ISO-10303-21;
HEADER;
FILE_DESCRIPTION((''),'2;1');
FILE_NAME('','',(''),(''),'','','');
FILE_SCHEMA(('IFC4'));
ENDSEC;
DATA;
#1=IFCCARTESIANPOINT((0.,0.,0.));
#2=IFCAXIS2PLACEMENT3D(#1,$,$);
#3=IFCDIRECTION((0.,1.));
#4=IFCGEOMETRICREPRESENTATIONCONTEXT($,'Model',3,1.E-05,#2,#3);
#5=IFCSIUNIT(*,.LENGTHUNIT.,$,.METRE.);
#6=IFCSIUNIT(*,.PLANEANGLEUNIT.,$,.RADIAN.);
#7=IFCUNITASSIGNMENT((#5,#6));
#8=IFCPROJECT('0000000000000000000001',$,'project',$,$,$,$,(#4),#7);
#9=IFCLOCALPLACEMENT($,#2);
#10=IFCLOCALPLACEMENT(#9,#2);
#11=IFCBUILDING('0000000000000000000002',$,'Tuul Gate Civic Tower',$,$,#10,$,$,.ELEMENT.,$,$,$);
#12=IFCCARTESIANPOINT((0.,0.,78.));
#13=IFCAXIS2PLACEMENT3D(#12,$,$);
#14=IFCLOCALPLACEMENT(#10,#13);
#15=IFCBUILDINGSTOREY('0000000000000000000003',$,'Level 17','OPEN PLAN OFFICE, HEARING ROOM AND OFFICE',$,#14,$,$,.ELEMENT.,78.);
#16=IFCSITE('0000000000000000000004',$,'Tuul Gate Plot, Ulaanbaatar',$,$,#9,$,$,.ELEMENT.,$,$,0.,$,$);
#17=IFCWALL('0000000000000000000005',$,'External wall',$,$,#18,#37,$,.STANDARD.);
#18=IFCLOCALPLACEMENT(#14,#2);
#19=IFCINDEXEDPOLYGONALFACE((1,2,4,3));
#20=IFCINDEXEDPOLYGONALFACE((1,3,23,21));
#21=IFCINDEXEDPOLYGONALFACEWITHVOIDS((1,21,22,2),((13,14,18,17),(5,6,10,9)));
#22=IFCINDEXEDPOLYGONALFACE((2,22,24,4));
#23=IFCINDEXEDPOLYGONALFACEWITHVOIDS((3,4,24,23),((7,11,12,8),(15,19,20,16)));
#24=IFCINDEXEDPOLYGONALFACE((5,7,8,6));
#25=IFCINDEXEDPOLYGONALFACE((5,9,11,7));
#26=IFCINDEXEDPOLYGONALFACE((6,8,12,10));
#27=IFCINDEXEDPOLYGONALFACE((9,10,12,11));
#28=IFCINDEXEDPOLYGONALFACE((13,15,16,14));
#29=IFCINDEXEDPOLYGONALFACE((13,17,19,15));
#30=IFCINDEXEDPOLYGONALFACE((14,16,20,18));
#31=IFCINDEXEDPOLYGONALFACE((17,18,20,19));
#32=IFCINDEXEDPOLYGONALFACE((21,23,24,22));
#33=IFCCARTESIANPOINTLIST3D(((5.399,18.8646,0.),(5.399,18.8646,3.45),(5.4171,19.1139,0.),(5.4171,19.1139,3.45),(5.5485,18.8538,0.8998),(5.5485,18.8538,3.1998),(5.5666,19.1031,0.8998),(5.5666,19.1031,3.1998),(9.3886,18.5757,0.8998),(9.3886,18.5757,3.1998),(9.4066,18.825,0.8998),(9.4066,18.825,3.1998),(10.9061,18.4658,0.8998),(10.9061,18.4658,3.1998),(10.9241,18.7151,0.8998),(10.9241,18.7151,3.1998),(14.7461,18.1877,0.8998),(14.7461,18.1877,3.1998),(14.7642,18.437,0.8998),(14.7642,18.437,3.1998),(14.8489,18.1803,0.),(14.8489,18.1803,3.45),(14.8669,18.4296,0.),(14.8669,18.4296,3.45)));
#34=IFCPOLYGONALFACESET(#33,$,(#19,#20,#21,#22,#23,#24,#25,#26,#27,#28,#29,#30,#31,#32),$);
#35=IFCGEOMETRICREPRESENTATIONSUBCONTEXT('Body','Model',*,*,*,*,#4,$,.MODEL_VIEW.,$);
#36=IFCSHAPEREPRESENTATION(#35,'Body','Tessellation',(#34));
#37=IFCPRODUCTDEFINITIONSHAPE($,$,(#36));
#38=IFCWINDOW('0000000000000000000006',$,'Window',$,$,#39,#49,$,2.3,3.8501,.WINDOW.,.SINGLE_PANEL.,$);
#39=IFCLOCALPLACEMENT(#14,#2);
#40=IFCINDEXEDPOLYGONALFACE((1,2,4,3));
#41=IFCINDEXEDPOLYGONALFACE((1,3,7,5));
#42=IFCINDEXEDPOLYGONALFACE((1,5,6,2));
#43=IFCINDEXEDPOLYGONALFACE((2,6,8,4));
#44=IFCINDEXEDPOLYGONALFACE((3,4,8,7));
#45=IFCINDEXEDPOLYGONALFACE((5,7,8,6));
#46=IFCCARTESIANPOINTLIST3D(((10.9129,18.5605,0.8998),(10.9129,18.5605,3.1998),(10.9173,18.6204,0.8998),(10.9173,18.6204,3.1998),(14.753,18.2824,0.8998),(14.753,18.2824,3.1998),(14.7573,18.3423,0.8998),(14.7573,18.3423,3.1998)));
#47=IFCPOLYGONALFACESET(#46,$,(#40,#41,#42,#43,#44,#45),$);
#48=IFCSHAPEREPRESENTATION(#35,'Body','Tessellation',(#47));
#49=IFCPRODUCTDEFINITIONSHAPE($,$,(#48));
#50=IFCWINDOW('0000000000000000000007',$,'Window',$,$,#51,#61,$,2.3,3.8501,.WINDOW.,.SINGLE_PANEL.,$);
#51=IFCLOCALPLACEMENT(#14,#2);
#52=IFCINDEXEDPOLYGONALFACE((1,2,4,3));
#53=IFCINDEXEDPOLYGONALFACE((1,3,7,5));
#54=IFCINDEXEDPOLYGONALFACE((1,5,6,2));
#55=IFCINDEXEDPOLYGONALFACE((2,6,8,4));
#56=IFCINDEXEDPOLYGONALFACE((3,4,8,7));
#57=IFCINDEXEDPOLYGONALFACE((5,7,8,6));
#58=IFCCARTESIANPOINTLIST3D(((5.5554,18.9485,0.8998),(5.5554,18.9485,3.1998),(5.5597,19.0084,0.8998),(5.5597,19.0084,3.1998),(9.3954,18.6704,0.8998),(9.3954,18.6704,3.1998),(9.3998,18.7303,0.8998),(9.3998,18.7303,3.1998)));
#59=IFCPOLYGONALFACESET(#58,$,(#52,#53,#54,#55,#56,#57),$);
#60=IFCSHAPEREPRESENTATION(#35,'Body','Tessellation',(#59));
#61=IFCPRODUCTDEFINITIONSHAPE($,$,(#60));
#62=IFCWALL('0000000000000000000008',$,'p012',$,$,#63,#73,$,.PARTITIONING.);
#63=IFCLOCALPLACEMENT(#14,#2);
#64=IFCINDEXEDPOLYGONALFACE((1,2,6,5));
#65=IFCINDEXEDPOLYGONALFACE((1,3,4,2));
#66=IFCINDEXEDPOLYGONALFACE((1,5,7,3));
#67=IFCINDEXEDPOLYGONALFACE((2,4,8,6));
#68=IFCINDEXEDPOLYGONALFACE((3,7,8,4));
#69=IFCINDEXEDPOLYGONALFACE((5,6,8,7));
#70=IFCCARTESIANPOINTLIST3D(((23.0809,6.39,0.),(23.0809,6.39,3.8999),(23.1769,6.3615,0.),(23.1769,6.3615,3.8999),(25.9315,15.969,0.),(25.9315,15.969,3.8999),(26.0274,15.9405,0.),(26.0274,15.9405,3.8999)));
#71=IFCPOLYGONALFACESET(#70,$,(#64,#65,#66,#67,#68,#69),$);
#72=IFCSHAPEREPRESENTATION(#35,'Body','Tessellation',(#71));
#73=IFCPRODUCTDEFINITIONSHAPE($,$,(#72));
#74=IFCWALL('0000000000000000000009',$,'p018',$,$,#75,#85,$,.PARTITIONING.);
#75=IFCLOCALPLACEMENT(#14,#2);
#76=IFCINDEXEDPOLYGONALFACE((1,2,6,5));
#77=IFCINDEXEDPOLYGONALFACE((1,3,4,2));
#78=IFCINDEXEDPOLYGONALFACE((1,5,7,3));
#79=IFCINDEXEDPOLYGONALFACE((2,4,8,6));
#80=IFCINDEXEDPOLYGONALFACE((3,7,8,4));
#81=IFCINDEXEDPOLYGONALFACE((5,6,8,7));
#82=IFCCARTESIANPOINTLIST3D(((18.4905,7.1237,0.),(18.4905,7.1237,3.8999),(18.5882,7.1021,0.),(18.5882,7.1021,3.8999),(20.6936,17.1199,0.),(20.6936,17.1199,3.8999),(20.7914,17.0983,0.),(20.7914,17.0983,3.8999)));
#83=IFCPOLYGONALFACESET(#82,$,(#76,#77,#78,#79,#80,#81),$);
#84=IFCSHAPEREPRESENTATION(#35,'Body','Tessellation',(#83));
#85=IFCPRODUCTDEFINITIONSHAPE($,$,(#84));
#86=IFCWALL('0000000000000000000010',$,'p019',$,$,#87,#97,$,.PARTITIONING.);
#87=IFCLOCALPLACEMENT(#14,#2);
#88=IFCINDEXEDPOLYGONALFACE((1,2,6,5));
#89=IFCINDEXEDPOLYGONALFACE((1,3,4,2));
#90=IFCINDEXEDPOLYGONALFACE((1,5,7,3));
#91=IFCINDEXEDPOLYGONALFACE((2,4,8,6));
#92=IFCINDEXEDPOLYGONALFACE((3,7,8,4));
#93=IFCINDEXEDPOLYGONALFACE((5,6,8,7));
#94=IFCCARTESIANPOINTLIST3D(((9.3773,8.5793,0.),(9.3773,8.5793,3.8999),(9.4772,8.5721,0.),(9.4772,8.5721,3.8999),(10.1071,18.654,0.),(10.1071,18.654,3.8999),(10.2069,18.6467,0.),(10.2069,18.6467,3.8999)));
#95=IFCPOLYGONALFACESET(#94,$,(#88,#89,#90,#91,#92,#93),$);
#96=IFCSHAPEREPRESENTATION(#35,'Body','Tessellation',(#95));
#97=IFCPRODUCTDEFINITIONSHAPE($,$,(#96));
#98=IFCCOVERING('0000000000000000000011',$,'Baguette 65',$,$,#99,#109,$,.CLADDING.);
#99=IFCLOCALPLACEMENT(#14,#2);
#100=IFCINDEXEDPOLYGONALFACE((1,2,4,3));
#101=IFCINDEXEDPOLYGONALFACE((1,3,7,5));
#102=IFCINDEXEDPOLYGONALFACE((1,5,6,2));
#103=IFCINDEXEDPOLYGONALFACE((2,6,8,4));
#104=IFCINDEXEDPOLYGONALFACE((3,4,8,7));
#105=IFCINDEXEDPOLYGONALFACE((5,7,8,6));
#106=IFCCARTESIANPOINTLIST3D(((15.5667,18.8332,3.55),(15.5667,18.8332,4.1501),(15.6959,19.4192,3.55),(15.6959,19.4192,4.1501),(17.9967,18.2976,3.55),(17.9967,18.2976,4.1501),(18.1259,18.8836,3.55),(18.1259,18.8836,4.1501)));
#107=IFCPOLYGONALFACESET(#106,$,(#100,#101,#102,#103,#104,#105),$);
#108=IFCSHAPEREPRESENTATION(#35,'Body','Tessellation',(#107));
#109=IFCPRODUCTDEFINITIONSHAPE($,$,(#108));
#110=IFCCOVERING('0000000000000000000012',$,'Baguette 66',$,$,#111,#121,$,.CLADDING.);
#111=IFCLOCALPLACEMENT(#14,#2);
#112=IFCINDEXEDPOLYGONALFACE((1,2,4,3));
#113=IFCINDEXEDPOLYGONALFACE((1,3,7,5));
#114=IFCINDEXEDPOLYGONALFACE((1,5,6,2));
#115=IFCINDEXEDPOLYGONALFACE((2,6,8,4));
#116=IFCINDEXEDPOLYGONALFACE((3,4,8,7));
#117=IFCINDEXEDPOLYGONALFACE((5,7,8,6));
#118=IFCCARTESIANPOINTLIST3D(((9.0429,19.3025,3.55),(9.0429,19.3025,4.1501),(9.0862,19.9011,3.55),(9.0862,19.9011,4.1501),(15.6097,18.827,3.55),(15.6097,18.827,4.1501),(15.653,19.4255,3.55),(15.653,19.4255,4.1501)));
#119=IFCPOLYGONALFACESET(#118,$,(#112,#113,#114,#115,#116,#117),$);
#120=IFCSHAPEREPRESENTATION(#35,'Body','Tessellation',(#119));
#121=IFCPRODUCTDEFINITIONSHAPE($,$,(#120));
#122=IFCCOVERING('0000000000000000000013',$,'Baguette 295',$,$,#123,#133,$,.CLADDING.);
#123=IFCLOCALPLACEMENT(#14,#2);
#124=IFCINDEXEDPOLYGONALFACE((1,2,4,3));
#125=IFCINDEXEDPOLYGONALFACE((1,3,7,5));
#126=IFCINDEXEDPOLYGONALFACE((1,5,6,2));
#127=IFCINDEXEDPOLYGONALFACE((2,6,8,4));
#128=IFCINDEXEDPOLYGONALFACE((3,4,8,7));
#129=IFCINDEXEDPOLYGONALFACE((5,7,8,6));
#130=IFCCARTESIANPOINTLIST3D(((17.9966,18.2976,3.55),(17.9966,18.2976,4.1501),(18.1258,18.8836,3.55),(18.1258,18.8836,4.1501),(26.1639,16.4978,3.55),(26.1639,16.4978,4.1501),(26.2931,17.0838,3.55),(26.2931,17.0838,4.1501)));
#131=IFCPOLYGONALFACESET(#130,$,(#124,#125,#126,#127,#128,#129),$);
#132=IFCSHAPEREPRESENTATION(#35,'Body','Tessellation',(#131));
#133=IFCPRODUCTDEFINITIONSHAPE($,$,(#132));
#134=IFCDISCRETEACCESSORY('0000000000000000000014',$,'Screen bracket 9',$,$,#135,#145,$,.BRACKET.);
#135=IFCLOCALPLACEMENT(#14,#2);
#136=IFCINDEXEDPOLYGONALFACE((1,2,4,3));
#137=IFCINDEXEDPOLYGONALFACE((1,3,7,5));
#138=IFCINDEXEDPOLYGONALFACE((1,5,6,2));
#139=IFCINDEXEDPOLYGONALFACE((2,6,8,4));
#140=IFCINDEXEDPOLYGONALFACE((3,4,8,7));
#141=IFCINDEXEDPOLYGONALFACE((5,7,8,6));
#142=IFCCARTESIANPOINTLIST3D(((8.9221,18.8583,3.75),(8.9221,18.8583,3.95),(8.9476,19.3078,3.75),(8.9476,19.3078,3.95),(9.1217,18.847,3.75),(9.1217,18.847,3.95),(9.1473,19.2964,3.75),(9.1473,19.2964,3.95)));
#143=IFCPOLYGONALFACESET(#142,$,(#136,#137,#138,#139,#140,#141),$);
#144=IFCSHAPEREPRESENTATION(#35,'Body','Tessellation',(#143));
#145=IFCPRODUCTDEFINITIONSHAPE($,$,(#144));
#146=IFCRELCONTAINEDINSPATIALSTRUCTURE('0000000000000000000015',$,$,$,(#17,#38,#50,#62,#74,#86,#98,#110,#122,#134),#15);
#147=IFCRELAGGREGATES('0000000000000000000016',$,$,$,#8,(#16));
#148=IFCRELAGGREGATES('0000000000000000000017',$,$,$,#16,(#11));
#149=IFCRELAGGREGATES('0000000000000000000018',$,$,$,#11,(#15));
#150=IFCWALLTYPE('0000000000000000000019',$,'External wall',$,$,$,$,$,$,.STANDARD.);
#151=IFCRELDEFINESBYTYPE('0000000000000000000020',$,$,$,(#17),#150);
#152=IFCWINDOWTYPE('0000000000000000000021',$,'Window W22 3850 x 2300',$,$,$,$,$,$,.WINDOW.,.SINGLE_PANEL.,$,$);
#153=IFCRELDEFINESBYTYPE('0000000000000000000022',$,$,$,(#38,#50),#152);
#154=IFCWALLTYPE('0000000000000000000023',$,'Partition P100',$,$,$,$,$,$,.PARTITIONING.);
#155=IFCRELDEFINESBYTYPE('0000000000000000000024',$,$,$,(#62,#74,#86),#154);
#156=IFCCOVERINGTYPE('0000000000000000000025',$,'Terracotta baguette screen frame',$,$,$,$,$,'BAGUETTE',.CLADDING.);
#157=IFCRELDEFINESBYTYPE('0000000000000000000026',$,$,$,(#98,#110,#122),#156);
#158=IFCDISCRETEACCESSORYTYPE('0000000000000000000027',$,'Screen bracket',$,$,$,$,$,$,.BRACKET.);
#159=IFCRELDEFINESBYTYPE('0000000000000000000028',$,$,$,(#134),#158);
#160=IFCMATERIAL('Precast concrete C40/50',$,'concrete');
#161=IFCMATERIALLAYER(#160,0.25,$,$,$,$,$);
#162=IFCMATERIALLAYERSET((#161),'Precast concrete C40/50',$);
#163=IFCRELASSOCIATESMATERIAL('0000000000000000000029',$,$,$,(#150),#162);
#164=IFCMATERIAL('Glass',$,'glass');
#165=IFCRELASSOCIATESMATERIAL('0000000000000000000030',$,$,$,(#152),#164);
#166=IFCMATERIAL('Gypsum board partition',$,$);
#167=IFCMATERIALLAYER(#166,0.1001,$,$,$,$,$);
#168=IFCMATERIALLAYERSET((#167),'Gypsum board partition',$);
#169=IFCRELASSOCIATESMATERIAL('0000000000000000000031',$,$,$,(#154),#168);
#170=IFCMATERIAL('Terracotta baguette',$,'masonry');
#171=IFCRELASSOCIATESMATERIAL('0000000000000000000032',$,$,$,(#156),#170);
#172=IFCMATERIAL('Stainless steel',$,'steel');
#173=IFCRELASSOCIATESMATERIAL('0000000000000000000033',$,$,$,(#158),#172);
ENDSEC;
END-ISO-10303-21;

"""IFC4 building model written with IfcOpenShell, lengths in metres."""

from ifc_helpers import new_model, si_unit, direction, frame, frame_2d, origin, origin_2d, place, context, subcontext, project, spatial, rectangle, extrude, material, layer, layer_set, material_profile, profile_set, type_object, element, fill, save


model = new_model("IFC4")

# Units and contexts
model_context = context("Model", 3, precision=1e-05, world=origin(), true_north=direction((0.0, 1.0)))
body_context = subcontext(model_context, "Body", "Model", "MODEL_VIEW")
ifc_project = project(units=[si_unit("LENGTHUNIT", "METRE"), si_unit("PLANEANGLEUNIT", "RADIAN")], contexts=[model_context])

# Site, building, storey
site_placement = place(None, origin())
site = spatial("IfcSite", under=ifc_project, at=site_placement, Name="Tuul Gate Plot, Ulaanbaatar", CompositionType="ELEMENT", RefElevation=0.0)
building_placement = place(site_placement, origin())
building = spatial("IfcBuilding", under=site, at=building_placement, Name="Tuul Gate Civic Tower", CompositionType="ELEMENT")
storey_placement = place(building_placement, frame((0.0, 0.0, 78.0)))
storey = spatial("IfcBuildingStorey", under=building, at=storey_placement, Name="Level 17", Description="OPEN PLAN OFFICE, HEARING ROOM AND OFFICE", CompositionType="ELEMENT", Elevation=78.0)

# Wall, openings, windows
ifc_material_1 = material(Name="Precast concrete C40/50", Category="concrete")
ifc_layer_1 = layer(ifc_material_1, 0.25)
ifc_layer_set_1 = layer_set([ifc_layer_1], Name="Precast concrete C40/50")
wall_type_1 = type_object("IfcWallType", Name="External wall", PredefinedType="STANDARD", material=ifc_layer_set_1)
ifc_material_2 = material(Name="Glass", Category="glass")
window_type = type_object("IfcWindowType", Name="Window W22 3850 x 2300", PartitioningType="SINGLE_PANEL", PredefinedType="WINDOW", material=ifc_material_2)
wall_1_placement = place(storey_placement, frame((14.8579, 18.3049, 0.0), z_axis=(0.0, 0.0, 1.0), x_axis=(-0.997388, 0.072227, 0.0)))
wall_1 = element("IfcWall", 1, at=wall_1_placement, inside=storey, type_object=wall_type_1, Name="External wall", PredefinedType="STANDARD", context=body_context, shape_type="SweptSolid", body=[
    extrude(rectangle(XDim=9.4746, YDim=0.25, at=frame_2d((4.7373, 0.0))), origin(), (0.0, 0.0, 1.0), 3.45),
])
opening_1_placement = place(wall_1_placement, frame((0.103, 0.0, 0.8999)))
opening_1 = element("IfcOpeningElement", 2, at=opening_1_placement, cuts=wall_1, PredefinedType="OPENING", context=body_context, shape_type="SweptSolid", body=[
    extrude(rectangle(XDim=3.8501, YDim=2.3, at=frame_2d((1.925, 1.1499))), frame((0.0, 0.135, 0.0), z_axis=(0.0, -1.0, 0.0), x_axis=(1.0, 0.0, 0.0)), (0.0, 0.0, 1.0), 0.27),
])
opening_2_placement = place(wall_1_placement, frame((5.4746, 0.0, 0.8999)))
opening_2 = element("IfcOpeningElement", 3, at=opening_2_placement, cuts=wall_1, PredefinedType="OPENING", context=body_context, shape_type="SweptSolid", body=[
    extrude(rectangle(XDim=3.8501, YDim=2.3, at=frame_2d((1.925, 1.1499))), frame((0.0, 0.135, 0.0), z_axis=(0.0, -1.0, 0.0), x_axis=(1.0, 0.0, 0.0)), (0.0, 0.0, 1.0), 0.27),
])
window_1_placement = place(opening_1_placement, origin())
window_1 = element("IfcWindow", 4, at=window_1_placement, inside=storey, type_object=window_type, Name="Window", OverallHeight=2.3, OverallWidth=3.8501, PartitioningType="SINGLE_PANEL", PredefinedType="WINDOW", context=body_context, shape_type="SweptSolid", body=[
    extrude(rectangle(XDim=3.8501, YDim=2.3, at=frame_2d((1.925, 1.1499))), frame((0.0, 0.03, 0.0), z_axis=(0.0, -1.0, 0.0), x_axis=(1.0, 0.0, 0.0)), (0.0, 0.0, 1.0), 0.0601),
])
fill(opening_1, window_1)
window_2_placement = place(opening_2_placement, origin())
window_2 = element("IfcWindow", 5, at=window_2_placement, inside=storey, type_object=window_type, Name="Window", OverallHeight=2.3, OverallWidth=3.8501, PartitioningType="SINGLE_PANEL", PredefinedType="WINDOW", context=body_context, shape_type="SweptSolid", body=[
    extrude(rectangle(XDim=3.8501, YDim=2.3, at=frame_2d((1.925, 1.1499))), frame((0.0, 0.03, 0.0), z_axis=(0.0, -1.0, 0.0), x_axis=(1.0, 0.0, 0.0)), (0.0, 0.0, 1.0), 0.0601),
])
fill(opening_2, window_2)

# Walls
ifc_material_3 = material(Name="Gypsum board partition")
ifc_layer_2 = layer(ifc_material_3, 0.1001)
ifc_layer_set_2 = layer_set([ifc_layer_2], Name="Gypsum board partition")
wall_type_2 = type_object("IfcWallType", Name="Partition P100", PredefinedType="PARTITIONING", material=ifc_layer_set_2)
wall_2_placement = place(storey_placement, frame((23.1289, 6.3757, 0.0), z_axis=(0.0, 0.0, 1.0), x_axis=(0.285223, 0.958461, 0.0)))
element("IfcWall", 6, at=wall_2_placement, inside=storey, type_object=wall_type_2, Name="p012", PredefinedType="PARTITIONING", context=body_context, shape_type="SweptSolid", body=[
    extrude(rectangle(XDim=9.9941, YDim=0.1001, at=frame_2d((4.9971, 0.0))), origin(), (0.0, 0.0, 1.0), 3.8999),
])
wall_3_placement = place(storey_placement, frame((18.5393, 7.1128, 0.0), z_axis=(0.0, 0.0, 1.0), x_axis=(0.215233, 0.976563, 0.0)))
element("IfcWall", 7, at=wall_3_placement, inside=storey, type_object=wall_type_2, Name="p018", PredefinedType="PARTITIONING", context=body_context, shape_type="SweptSolid", body=[
    extrude(rectangle(XDim=10.2361, YDim=0.1001, at=frame_2d((5.1182, 0.0))), origin(), (0.0, 0.0, 1.0), 3.8999),
])
wall_4_placement = place(storey_placement, frame((9.4272, 8.5757, 0.0), z_axis=(0.0, 0.0, 1.0), x_axis=(0.072243, 0.997387, 0.0)))
element("IfcWall", 8, at=wall_4_placement, inside=storey, type_object=wall_type_2, Name="p019", PredefinedType="PARTITIONING", context=body_context, shape_type="SweptSolid", body=[
    extrude(rectangle(XDim=10.1011, YDim=0.1001, at=frame_2d((5.0505, 0.0))), origin(), (0.0, 0.0, 1.0), 3.8999),
])

# Coverings
ifc_material_4 = material(Name="Terracotta baguette", Category="masonry")
ifc_material_profile_1 = material_profile(ifc_material_4, rectangle(XDim=0.6001, YDim=0.6001, at=origin_2d()), Name="Terracotta baguette screen frame")
ifc_profile_set_1 = profile_set([ifc_material_profile_1], Name="Terracotta baguette")
covering_type = type_object("IfcCoveringType", Name="Terracotta baguette screen frame", ElementType="BAGUETTE", PredefinedType="CLADDING", material=ifc_profile_set_1)
covering_1_placement = place(storey_placement, frame((18.0613, 18.5906, 3.8501), z_axis=(-0.976555, 0.215268, 0.0), x_axis=(-0.215268, -0.976555, 0.0)))
element("IfcCovering", 9, at=covering_1_placement, inside=storey, type_object=covering_type, Name="Baguette 65", PredefinedType="CLADDING", context=body_context, shape_type="SweptSolid", body=[
    extrude(rectangle(XDim=0.6001, YDim=0.6001, at=origin_2d()), origin(), (0.0, 0.0, 1.0), 2.4883),
])
covering_2_placement = place(storey_placement, frame((15.6313, 19.1262, 3.8501), z_axis=(-0.997388, 0.072233, 0.0), x_axis=(-0.072233, -0.997388, 0.0)))
element("IfcCovering", 10, at=covering_2_placement, inside=storey, type_object=covering_type, Name="Baguette 66", PredefinedType="CLADDING", context=body_context, shape_type="SweptSolid", body=[
    extrude(rectangle(XDim=0.6001, YDim=0.6001, at=origin_2d()), origin(), (0.0, 0.0, 1.0), 6.584),
])
covering_3_placement = place(storey_placement, frame((26.2285, 16.7908, 3.8501), z_axis=(-0.976569, 0.215205, 0.0), x_axis=(-0.215205, -0.976569, 0.0)))
element("IfcCovering", 11, at=covering_3_placement, inside=storey, type_object=covering_type, Name="Baguette 295", PredefinedType="CLADDING", context=body_context, shape_type="SweptSolid", body=[
    extrude(rectangle(XDim=0.6001, YDim=0.6001, at=origin_2d()), origin(), (0.0, 0.0, 1.0), 8.3633),
])

# Discrete accessory
ifc_material_5 = material(Name="Stainless steel", Category="steel")
discrete_accessory_type = type_object("IfcDiscreteAccessoryType", Name="Screen bracket", PredefinedType="BRACKET", material=ifc_material_5)
discrete_accessory_placement = place(storey_placement, frame((9.0347, 19.0774, 3.75), z_axis=(0.0, 0.0, 1.0), x_axis=(0.05681, 0.998385, 0.0)))
element("IfcDiscreteAccessory", 12, at=discrete_accessory_placement, inside=storey, type_object=discrete_accessory_type, Name="Screen bracket 9", PredefinedType="BRACKET", context=body_context, shape_type="SweptSolid", body=[
    extrude(rectangle(XDim=0.4502, YDim=0.2, at=origin_2d()), origin(), (0.0, 0.0, 1.0), 0.2),
])

save(model, "model.ifc")
